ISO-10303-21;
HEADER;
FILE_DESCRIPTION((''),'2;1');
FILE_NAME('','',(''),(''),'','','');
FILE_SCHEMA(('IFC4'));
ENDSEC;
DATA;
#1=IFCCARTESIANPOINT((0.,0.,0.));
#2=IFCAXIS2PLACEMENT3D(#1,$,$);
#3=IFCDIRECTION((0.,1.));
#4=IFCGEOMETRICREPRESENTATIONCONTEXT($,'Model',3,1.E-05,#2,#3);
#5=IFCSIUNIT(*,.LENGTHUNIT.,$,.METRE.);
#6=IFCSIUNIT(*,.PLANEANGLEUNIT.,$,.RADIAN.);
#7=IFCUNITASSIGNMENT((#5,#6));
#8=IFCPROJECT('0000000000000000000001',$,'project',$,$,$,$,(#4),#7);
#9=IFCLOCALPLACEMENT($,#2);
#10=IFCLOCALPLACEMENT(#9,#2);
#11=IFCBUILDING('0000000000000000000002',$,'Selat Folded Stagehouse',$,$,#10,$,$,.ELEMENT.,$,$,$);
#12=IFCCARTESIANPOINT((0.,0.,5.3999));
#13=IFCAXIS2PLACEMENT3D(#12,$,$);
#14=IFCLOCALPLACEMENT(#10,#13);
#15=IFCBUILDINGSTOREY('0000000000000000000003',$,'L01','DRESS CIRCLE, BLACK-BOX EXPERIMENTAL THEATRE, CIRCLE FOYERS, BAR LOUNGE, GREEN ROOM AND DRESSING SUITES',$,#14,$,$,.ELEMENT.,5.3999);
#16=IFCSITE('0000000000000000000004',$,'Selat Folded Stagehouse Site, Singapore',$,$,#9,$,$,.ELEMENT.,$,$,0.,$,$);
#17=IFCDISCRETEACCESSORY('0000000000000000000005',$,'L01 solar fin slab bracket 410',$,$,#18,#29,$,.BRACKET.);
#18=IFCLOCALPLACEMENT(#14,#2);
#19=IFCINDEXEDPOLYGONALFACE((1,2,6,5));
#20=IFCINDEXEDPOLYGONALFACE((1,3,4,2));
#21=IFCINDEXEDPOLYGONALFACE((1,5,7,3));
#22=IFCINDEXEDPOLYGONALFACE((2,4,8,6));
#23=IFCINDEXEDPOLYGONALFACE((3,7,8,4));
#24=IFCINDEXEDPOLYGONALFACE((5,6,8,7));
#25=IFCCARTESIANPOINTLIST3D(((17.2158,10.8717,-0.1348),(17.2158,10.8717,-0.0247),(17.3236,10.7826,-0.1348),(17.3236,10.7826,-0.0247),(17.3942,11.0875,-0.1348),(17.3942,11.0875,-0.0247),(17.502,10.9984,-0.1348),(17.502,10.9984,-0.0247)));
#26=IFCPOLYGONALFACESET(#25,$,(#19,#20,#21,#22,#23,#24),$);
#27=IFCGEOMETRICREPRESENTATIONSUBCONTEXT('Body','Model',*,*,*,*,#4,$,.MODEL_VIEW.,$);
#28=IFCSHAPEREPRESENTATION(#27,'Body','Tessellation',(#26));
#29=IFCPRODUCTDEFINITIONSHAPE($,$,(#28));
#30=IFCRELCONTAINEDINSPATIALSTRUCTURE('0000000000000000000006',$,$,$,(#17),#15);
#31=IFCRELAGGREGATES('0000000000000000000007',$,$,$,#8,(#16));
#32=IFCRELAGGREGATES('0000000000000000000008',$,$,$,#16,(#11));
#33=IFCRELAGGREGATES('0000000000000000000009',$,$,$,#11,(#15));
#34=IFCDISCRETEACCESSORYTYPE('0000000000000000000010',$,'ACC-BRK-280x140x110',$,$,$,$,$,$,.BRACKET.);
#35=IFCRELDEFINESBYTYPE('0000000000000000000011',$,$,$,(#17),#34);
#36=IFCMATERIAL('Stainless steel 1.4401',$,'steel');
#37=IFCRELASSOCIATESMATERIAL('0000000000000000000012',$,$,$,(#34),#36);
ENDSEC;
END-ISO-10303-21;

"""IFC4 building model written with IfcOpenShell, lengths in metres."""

from ifc_helpers import new_model, si_unit, direction, frame, origin, origin_2d, place, context, subcontext, project, spatial, rectangle, extrude, material, type_object, element, save


model = new_model("IFC4")

# Units and contexts
model_context = context("Model", 3, precision=1e-05, world=origin(), true_north=direction((0.0, 1.0)))
body_context = subcontext(model_context, "Body", "Model", "MODEL_VIEW")
ifc_project = project(units=[si_unit("LENGTHUNIT", "METRE"), si_unit("PLANEANGLEUNIT", "RADIAN")], contexts=[model_context])

# Site, building, storey
site_placement = place(None, origin())
site = spatial("IfcSite", under=ifc_project, at=site_placement, Name="Selat Folded Stagehouse Site, Singapore", CompositionType="ELEMENT", RefElevation=0.0)
building_placement = place(site_placement, origin())
building = spatial("IfcBuilding", under=site, at=building_placement, Name="Selat Folded Stagehouse", CompositionType="ELEMENT")
storey_placement = place(building_placement, frame((0.0, 0.0, 5.3999)))
storey = spatial("IfcBuildingStorey", under=building, at=storey_placement, Name="L01", Description="DRESS CIRCLE, BLACK-BOX EXPERIMENTAL THEATRE, CIRCLE FOYERS, BAR LOUNGE, GREEN ROOM AND DRESSING SUITES", CompositionType="ELEMENT", Elevation=5.3999)

# Discrete accessory
ifc_material_1 = material(Name="Stainless steel 1.4401", Category="steel")
discrete_accessory_type = type_object("IfcDiscreteAccessoryType", Name="ACC-BRK-280x140x110", PredefinedType="BRACKET", material=ifc_material_1)
discrete_accessory_placement = place(storey_placement, frame((17.3589, 10.9351, -0.1348), z_axis=(0.0, 0.0, 1.0), x_axis=(-0.637155, -0.770736, 0.0)))
element("IfcDiscreteAccessory", 1, at=discrete_accessory_placement, inside=storey, type_object=discrete_accessory_type, Name="L01 solar fin slab bracket 410", PredefinedType="BRACKET", context=body_context, shape_type="SweptSolid", body=[
    extrude(rectangle(XDim=0.28, YDim=0.1399, at=origin_2d()), origin(), (0.0, 0.0, 1.0), 0.1101),
])

save(model, "model.ifc")
